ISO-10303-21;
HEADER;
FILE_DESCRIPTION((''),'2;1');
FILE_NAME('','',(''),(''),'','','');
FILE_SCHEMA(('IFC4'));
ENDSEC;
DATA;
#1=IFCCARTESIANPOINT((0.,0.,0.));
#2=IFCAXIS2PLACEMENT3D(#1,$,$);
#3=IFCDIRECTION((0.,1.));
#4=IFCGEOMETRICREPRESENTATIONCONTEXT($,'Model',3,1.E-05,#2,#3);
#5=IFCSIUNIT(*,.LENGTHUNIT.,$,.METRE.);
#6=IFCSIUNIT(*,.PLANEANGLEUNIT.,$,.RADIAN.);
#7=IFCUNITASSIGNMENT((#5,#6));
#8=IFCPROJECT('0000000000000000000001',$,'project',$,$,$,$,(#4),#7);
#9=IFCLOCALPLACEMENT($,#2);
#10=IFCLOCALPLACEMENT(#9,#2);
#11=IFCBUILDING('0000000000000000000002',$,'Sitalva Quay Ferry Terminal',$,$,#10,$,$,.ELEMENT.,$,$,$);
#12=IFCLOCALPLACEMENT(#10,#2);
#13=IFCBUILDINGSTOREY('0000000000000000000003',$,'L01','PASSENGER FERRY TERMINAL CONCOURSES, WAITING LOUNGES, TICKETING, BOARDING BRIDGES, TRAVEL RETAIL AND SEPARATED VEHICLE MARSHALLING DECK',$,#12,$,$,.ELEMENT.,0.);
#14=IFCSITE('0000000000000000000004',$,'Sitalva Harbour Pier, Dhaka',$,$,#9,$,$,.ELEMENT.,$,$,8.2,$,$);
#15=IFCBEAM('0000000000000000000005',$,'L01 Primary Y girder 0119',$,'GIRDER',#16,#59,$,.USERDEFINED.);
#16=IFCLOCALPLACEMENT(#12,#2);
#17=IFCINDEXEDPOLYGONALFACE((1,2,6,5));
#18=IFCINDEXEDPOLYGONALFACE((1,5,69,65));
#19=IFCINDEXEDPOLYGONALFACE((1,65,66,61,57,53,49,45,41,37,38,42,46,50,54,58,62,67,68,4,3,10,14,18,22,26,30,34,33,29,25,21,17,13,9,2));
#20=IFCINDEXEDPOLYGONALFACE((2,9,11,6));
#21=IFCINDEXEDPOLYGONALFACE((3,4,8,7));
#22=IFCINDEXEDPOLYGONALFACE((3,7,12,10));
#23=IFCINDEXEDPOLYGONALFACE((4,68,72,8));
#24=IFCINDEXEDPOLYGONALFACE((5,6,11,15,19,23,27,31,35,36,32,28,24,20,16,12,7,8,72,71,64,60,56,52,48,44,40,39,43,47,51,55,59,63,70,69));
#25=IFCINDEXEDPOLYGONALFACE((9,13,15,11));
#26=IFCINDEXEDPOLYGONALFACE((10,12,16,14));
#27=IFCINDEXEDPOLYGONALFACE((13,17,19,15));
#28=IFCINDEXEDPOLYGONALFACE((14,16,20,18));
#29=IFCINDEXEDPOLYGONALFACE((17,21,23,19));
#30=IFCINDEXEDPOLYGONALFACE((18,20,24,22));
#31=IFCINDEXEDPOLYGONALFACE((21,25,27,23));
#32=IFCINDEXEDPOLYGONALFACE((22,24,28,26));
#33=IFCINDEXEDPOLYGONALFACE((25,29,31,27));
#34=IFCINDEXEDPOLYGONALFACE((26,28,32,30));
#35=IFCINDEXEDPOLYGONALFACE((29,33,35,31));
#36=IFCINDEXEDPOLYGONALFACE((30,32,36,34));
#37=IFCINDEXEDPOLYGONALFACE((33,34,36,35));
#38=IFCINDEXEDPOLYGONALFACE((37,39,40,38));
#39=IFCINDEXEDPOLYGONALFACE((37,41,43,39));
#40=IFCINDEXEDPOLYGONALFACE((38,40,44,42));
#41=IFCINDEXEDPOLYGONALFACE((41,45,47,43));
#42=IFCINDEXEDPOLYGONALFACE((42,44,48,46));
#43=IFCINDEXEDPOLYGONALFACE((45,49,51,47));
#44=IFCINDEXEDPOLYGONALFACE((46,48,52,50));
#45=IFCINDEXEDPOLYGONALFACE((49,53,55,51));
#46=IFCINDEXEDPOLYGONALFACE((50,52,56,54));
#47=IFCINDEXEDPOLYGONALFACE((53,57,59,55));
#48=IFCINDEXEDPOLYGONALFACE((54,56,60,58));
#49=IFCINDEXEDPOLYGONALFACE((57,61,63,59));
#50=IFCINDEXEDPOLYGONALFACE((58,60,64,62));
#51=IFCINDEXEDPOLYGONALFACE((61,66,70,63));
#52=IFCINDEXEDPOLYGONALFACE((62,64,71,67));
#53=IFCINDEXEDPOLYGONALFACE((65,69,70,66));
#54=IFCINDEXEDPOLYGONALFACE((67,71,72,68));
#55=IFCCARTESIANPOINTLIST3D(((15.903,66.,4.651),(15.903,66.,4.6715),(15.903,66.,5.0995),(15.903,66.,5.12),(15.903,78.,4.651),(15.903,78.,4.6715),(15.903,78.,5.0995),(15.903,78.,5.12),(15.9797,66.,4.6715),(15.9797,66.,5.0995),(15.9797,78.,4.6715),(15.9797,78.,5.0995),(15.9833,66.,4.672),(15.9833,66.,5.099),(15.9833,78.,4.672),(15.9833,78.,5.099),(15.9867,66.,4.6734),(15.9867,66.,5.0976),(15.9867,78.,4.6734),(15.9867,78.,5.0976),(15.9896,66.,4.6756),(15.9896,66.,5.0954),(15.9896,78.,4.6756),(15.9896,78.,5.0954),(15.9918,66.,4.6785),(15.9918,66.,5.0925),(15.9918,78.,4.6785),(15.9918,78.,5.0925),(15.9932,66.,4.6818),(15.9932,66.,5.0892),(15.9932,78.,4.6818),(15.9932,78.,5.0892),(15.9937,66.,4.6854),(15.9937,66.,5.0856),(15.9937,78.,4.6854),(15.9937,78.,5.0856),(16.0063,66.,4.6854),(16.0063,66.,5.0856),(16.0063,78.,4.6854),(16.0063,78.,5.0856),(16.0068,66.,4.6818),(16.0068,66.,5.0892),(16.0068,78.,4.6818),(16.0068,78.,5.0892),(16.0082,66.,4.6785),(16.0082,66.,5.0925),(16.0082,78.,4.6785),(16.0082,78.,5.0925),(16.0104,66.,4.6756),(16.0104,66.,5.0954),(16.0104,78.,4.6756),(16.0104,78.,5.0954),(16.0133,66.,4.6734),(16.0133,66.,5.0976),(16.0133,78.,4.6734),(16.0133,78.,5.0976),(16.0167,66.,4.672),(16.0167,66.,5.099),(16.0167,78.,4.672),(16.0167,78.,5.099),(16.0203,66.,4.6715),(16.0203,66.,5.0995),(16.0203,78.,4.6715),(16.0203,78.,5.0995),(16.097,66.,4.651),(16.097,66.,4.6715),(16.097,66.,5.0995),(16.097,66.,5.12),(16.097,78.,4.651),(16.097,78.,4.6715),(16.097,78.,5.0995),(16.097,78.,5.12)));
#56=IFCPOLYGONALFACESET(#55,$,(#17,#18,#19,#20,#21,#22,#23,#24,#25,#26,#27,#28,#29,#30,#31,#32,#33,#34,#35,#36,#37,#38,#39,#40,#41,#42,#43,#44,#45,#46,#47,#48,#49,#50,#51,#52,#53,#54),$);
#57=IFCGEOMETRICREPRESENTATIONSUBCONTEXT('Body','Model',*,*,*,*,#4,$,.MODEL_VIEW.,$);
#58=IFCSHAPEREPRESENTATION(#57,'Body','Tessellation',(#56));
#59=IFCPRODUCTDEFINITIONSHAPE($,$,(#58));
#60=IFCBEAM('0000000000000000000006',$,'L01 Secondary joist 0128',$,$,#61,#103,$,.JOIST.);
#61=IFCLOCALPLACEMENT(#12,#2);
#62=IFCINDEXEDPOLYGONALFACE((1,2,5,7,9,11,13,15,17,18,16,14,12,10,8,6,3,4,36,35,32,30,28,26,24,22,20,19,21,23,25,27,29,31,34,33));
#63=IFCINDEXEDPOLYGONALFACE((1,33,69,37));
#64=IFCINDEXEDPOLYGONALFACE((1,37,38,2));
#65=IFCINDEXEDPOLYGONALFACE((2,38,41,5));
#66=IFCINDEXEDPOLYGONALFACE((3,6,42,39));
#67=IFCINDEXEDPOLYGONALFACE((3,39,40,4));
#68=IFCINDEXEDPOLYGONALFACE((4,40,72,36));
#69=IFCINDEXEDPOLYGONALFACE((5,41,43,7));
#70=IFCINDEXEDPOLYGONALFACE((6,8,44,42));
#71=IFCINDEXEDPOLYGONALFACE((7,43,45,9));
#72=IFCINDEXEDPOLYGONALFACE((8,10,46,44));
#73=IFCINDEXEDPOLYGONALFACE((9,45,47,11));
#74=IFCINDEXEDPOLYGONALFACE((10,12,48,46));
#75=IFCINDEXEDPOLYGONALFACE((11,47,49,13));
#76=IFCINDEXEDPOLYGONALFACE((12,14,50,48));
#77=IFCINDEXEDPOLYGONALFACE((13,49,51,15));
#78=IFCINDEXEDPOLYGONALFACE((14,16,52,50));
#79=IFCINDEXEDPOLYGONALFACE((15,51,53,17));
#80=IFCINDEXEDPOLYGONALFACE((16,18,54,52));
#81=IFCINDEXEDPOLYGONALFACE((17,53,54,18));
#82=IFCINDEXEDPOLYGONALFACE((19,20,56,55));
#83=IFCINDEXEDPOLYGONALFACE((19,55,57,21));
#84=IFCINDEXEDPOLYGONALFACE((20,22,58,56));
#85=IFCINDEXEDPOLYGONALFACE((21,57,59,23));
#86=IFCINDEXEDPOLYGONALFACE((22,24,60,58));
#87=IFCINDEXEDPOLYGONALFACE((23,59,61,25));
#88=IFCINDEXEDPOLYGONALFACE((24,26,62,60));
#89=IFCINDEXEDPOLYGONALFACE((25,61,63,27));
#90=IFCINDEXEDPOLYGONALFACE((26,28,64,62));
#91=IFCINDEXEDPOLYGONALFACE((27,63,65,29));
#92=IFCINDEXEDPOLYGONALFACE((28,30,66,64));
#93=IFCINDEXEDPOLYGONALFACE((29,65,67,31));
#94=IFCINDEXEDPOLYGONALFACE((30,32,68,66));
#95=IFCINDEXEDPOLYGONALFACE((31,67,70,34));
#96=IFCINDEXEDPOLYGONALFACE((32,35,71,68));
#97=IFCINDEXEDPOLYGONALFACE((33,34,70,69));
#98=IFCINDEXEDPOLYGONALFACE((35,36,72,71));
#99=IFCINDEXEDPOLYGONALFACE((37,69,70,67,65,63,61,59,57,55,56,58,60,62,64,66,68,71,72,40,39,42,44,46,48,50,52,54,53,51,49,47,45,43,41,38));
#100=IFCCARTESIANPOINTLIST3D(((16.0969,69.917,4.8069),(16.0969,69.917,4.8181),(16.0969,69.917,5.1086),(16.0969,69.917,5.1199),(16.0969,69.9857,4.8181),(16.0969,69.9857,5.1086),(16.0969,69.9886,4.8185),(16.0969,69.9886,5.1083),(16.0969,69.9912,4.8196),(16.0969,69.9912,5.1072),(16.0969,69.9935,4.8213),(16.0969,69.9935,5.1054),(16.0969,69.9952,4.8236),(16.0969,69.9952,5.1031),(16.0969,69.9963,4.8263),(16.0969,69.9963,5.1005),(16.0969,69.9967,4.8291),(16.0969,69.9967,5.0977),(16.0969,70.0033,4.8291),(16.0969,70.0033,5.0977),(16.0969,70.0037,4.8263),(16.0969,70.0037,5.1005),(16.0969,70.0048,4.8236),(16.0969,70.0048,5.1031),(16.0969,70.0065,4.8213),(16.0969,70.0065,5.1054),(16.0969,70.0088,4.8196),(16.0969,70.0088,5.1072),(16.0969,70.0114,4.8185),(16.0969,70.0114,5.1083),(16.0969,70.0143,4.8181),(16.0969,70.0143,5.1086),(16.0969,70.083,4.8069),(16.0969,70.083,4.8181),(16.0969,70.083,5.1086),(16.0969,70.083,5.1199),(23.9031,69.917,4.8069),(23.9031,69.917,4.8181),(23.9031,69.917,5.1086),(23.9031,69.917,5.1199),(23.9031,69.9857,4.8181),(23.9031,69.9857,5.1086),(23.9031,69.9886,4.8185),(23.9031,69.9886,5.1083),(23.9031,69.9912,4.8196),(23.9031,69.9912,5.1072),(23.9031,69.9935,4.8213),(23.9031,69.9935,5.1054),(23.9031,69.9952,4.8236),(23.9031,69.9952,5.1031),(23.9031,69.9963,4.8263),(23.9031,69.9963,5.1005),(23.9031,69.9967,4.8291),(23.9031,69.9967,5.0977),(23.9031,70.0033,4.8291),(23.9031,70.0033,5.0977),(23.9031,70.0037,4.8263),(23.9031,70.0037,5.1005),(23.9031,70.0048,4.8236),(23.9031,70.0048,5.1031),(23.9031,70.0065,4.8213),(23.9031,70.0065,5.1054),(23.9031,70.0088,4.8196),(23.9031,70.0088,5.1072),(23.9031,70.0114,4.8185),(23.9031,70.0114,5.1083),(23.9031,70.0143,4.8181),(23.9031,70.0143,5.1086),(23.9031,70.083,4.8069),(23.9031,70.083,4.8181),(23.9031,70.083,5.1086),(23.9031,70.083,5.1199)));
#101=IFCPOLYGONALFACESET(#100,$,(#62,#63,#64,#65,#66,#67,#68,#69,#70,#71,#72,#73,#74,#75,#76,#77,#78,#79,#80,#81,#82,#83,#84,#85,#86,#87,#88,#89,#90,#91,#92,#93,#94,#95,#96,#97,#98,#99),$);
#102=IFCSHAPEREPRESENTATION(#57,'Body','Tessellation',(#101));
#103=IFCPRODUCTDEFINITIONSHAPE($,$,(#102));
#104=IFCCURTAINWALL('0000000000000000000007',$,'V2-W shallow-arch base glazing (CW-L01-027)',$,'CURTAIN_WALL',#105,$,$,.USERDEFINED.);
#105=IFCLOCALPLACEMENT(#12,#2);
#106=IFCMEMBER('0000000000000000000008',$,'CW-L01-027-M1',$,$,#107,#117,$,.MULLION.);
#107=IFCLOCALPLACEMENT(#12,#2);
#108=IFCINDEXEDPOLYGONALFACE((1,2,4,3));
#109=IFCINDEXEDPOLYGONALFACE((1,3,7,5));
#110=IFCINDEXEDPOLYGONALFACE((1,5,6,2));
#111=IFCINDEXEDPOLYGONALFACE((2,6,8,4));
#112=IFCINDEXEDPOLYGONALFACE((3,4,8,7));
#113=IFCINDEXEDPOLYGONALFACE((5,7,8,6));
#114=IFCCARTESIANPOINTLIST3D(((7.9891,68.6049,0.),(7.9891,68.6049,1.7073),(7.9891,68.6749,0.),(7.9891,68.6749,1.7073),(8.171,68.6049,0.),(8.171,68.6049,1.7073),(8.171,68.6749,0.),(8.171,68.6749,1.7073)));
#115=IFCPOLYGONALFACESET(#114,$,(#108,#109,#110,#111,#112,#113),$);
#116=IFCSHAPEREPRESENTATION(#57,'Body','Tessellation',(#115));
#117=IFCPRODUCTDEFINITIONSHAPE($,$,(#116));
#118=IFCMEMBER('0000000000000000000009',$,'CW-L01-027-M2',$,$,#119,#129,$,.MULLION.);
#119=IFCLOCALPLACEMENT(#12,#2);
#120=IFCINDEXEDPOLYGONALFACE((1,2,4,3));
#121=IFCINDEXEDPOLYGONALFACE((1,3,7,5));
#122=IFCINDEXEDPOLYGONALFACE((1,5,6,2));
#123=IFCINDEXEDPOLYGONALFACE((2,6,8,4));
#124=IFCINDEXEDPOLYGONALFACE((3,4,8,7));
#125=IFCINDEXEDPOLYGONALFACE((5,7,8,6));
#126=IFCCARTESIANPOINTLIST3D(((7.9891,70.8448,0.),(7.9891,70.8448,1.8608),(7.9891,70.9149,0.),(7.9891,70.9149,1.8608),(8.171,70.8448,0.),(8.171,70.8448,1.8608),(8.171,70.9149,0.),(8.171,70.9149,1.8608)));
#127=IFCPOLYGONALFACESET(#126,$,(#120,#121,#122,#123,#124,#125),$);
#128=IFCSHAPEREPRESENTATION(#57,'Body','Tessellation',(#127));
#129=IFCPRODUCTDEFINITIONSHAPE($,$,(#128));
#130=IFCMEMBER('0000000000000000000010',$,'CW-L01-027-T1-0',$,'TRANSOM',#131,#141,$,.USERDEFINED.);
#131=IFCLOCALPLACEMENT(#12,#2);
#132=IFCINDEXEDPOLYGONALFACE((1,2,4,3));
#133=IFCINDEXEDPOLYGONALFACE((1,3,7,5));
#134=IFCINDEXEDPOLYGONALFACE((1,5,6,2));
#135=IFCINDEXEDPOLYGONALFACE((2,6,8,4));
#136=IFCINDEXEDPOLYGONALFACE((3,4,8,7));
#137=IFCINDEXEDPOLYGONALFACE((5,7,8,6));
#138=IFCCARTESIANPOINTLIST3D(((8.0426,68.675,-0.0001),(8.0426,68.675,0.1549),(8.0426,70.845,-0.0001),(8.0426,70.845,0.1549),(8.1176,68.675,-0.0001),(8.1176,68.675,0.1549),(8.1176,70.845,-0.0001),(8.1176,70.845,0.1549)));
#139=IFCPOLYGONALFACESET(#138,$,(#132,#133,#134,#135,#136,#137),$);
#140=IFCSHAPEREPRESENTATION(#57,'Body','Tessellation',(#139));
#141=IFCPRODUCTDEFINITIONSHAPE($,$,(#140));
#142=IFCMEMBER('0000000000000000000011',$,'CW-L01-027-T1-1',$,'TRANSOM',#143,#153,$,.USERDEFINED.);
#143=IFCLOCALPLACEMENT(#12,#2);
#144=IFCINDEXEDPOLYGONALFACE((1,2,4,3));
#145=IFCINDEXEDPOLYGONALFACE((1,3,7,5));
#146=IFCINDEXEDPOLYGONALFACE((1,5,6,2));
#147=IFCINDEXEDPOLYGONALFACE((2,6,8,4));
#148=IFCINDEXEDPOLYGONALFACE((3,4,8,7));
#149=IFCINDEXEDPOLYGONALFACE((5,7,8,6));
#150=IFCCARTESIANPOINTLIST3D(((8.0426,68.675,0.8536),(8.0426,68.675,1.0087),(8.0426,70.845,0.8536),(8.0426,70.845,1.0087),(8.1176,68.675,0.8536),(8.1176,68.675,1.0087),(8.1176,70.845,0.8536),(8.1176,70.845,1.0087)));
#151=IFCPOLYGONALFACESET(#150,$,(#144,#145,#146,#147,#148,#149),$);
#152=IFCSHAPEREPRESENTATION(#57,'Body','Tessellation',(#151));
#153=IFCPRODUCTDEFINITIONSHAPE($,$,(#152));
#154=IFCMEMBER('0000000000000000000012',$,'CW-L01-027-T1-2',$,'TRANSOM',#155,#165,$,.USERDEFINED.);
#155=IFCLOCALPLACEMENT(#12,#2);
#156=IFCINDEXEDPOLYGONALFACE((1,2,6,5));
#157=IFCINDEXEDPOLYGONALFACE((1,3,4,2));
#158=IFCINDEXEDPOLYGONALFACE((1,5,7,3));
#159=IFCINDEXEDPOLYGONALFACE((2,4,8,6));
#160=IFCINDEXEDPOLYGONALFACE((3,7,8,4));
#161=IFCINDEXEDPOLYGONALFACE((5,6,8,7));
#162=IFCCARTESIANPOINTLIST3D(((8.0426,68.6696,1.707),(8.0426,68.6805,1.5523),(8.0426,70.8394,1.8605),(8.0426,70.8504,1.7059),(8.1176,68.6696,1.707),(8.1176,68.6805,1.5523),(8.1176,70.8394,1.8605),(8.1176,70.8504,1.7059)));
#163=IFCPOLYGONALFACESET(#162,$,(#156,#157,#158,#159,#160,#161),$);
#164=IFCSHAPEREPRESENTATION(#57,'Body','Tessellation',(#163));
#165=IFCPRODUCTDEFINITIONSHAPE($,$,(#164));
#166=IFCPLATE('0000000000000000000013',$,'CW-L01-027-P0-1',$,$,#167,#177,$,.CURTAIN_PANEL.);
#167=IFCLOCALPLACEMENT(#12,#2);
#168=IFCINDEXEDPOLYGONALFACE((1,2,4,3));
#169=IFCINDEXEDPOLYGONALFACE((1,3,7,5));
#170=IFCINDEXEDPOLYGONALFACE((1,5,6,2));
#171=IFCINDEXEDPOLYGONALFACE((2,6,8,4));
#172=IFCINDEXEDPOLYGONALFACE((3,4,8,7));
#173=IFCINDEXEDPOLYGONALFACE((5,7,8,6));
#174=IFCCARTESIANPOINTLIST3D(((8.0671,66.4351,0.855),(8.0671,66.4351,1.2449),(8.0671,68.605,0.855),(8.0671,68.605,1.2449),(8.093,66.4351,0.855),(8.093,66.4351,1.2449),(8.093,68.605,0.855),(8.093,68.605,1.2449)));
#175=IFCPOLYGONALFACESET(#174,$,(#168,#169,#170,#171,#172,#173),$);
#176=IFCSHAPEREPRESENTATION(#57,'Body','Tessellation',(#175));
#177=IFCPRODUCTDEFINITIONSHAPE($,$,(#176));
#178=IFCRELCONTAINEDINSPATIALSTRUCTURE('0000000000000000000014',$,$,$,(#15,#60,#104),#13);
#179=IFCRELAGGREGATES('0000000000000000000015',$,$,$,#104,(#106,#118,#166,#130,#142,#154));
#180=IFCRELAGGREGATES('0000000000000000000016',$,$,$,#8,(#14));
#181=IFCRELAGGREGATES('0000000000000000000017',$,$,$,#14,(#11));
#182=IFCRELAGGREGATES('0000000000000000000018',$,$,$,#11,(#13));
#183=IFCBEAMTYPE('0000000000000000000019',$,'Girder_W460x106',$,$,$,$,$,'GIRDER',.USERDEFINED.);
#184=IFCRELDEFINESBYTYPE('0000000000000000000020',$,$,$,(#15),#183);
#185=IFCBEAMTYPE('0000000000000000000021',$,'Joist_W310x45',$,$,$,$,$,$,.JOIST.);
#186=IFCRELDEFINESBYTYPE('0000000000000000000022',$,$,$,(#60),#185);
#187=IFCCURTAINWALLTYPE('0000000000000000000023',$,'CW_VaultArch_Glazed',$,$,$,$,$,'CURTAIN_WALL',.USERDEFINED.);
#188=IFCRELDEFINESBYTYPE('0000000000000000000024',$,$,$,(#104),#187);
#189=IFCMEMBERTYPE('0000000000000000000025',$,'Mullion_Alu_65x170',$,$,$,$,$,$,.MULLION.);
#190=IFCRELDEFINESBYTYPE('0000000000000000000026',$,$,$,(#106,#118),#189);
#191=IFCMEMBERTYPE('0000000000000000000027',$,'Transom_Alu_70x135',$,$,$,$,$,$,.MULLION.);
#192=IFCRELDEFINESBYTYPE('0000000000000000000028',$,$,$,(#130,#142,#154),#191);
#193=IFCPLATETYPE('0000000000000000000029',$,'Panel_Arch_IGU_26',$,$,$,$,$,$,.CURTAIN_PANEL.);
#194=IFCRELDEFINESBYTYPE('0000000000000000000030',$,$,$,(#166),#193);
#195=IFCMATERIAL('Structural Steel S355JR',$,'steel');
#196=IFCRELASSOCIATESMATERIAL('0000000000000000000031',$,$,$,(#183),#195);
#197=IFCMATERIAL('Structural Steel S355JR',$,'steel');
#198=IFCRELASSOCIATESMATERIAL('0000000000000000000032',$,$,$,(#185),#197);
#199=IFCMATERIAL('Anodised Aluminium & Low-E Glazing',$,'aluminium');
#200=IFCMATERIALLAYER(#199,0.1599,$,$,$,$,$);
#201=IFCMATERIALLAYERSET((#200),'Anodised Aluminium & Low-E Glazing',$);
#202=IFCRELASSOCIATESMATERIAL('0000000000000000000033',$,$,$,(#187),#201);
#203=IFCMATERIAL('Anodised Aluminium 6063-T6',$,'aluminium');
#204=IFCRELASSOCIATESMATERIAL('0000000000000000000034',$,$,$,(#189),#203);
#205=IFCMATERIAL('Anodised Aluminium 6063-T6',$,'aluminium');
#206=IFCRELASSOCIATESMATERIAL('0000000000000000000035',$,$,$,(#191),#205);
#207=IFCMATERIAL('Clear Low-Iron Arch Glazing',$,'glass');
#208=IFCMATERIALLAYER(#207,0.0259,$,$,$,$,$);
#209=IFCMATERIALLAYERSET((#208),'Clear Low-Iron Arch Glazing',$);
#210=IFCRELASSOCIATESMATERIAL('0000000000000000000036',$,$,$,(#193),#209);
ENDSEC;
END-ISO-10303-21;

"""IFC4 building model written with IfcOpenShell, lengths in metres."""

from ifc_helpers import new_model, si_unit, direction, frame, origin, origin_2d, place, context, subcontext, project, spatial, rectangle, i_section, extrude, material, layer, layer_set, material_profile, profile_set, type_object, element, aggregate, save


model = new_model("IFC4")

# Units and contexts
model_context = context("Model", 3, precision=1e-05, world=origin(), true_north=direction((0.0, 1.0)))
body_context = subcontext(model_context, "Body", "Model", "MODEL_VIEW")
ifc_project = project(units=[si_unit("LENGTHUNIT", "METRE"), si_unit("PLANEANGLEUNIT", "RADIAN")], contexts=[model_context])

# Site, building, storey
site_placement = place(None, origin())
site = spatial("IfcSite", under=ifc_project, at=site_placement, Name="Sitalva Harbour Pier, Dhaka", CompositionType="ELEMENT", RefElevation=8.2)
building_placement = place(site_placement, origin())
building = spatial("IfcBuilding", under=site, at=building_placement, Name="Sitalva Quay Ferry Terminal", CompositionType="ELEMENT")
storey_placement = place(building_placement, origin())
storey = spatial("IfcBuildingStorey", under=building, at=storey_placement, Name="L01", Description="PASSENGER FERRY TERMINAL CONCOURSES, WAITING LOUNGES, TICKETING, BOARDING BRIDGES, TRAVEL RETAIL AND SEPARATED VEHICLE MARSHALLING DECK", CompositionType="ELEMENT", Elevation=0.0)

# Beams
ifc_material_1 = material(Name="Structural Steel S355JR", Category="steel")
ifc_material_profile_1 = material_profile(ifc_material_1, i_section(OverallWidth=0.1941, OverallDepth=0.469, WebThickness=0.0127, FlangeThickness=0.0205, FilletRadius=0.0139, at=origin_2d()), Name="W460x106")
ifc_profile_set_1 = profile_set([ifc_material_profile_1], Name="Structural Steel S355JR")
beam_type_1 = type_object("IfcBeamType", Name="Girder_W460x106", ElementType="GIRDER", PredefinedType="USERDEFINED", material=ifc_profile_set_1)
beam_1_placement = place(storey_placement, frame((16.0, 66.0, 4.8855), z_axis=(0.0, 1.0, 0.0), x_axis=(-1.0, 0.0, 0.0)))
element("IfcBeam", 1, at=beam_1_placement, inside=storey, type_object=beam_type_1, Name="L01 Primary Y girder 0119", ObjectType="GIRDER", PredefinedType="USERDEFINED", context=body_context, shape_type="SweptSolid", body=[
    extrude(i_section(OverallWidth=0.1941, OverallDepth=0.469, WebThickness=0.0127, FlangeThickness=0.0205, FilletRadius=0.0139, at=origin_2d()), origin(), (0.0, 0.0, 1.0), 12.0),
])
ifc_material_2 = material(Name="Structural Steel S355JR", Category="steel")
ifc_material_profile_2 = material_profile(ifc_material_2, i_section(OverallWidth=0.166, OverallDepth=0.313, WebThickness=0.0066, FlangeThickness=0.0112, FilletRadius=0.011, at=origin_2d()), Name="W310x45")
ifc_profile_set_2 = profile_set([ifc_material_profile_2], Name="Structural Steel S355JR")
beam_type_2 = type_object("IfcBeamType", Name="Joist_W310x45", PredefinedType="JOIST", material=ifc_profile_set_2)
beam_2_placement = place(storey_placement, frame((16.0969, 70.0, 4.9634), z_axis=(1.0, 0.0, 0.0), x_axis=(0.0, 1.0, 0.0)))
element("IfcBeam", 2, at=beam_2_placement, inside=storey, type_object=beam_type_2, Name="L01 Secondary joist 0128", PredefinedType="JOIST", context=body_context, shape_type="SweptSolid", body=[
    extrude(i_section(OverallWidth=0.166, OverallDepth=0.313, WebThickness=0.0066, FlangeThickness=0.0112, FilletRadius=0.011, at=origin_2d()), origin(), (0.0, 0.0, 1.0), 7.8062),
])

# Curtain wall, members, plate
ifc_material_3 = material(Name="Anodised Aluminium & Low-E Glazing", Category="aluminium")
ifc_layer_1 = layer(ifc_material_3, 0.1599)
ifc_layer_set_1 = layer_set([ifc_layer_1], Name="Anodised Aluminium & Low-E Glazing")
curtain_wall_type = type_object("IfcCurtainWallType", Name="CW_VaultArch_Glazed", ElementType="CURTAIN_WALL", PredefinedType="USERDEFINED", material=ifc_layer_set_1)
curtain_wall_placement = place(storey_placement, origin())
curtain_wall = element("IfcCurtainWall", 3, at=curtain_wall_placement, inside=storey, type_object=curtain_wall_type, Name="V2-W shallow-arch base glazing (CW-L01-027)", ObjectType="CURTAIN_WALL", PredefinedType="USERDEFINED")
ifc_material_4 = material(Name="Anodised Aluminium 6063-T6", Category="aluminium")
ifc_material_profile_3 = material_profile(ifc_material_4, rectangle(XDim=0.0701, YDim=0.1819, at=origin_2d()), Name="ALU70x182")
ifc_profile_set_3 = profile_set([ifc_material_profile_3], Name="Anodised Aluminium 6063-T6")
member_type_1 = type_object("IfcMemberType", Name="Mullion_Alu_65x170", PredefinedType="MULLION", material=ifc_profile_set_3)
member_1_placement = place(storey_placement, frame((8.0801, 68.6399, 0.0), z_axis=(0.0, 0.0, 1.0), x_axis=(0.0, 1.0, 0.0)))
member_1 = element("IfcMember", 4, at=member_1_placement, type_object=member_type_1, Name="CW-L01-027-M1", PredefinedType="MULLION", context=body_context, shape_type="SweptSolid", body=[
    extrude(rectangle(XDim=0.0701, YDim=0.1819, at=origin_2d()), origin(), (0.0, 0.0, 1.0), 1.7073),
])
member_2_placement = place(storey_placement, frame((8.0801, 70.8799, 0.0), z_axis=(0.0, 0.0, 1.0), x_axis=(0.0, 1.0, 0.0)))
member_2 = element("IfcMember", 5, at=member_2_placement, type_object=member_type_1, Name="CW-L01-027-M2", PredefinedType="MULLION", context=body_context, shape_type="SweptSolid", body=[
    extrude(rectangle(XDim=0.0701, YDim=0.1819, at=origin_2d()), origin(), (0.0, 0.0, 1.0), 1.8608),
])
ifc_material_5 = material(Name="Anodised Aluminium 6063-T6", Category="aluminium")
ifc_material_profile_4 = material_profile(ifc_material_5, rectangle(XDim=0.075, YDim=0.155, at=origin_2d()), Name="ALU75x155")
ifc_profile_set_4 = profile_set([ifc_material_profile_4], Name="Anodised Aluminium 6063-T6")
member_type_2 = type_object("IfcMemberType", Name="Transom_Alu_70x135", PredefinedType="MULLION", material=ifc_profile_set_4)
member_3_placement = place(storey_placement, frame((8.0801, 68.675, 0.0774), z_axis=(0.0, 1.0, 0.0), x_axis=(-1.0, 0.0, 0.0)))
member_3 = element("IfcMember", 6, at=member_3_placement, type_object=member_type_2, Name="CW-L01-027-T1-0", ObjectType="TRANSOM", PredefinedType="USERDEFINED", context=body_context, shape_type="SweptSolid", body=[
    extrude(rectangle(XDim=0.075, YDim=0.155, at=origin_2d()), origin(), (0.0, 0.0, 1.0), 2.1699),
])
member_4_placement = place(storey_placement, frame((8.0801, 68.675, 0.9312), z_axis=(0.0, 1.0, 0.0), x_axis=(-1.0, 0.0, 0.0)))
member_4 = element("IfcMember", 7, at=member_4_placement, type_object=member_type_2, Name="CW-L01-027-T1-1", ObjectType="TRANSOM", PredefinedType="USERDEFINED", context=body_context, shape_type="SweptSolid", body=[
    extrude(rectangle(XDim=0.075, YDim=0.155, at=origin_2d()), origin(), (0.0, 0.0, 1.0), 2.1699),
])
member_5_placement = place(storey_placement, frame((8.0801, 68.675, 1.6296), z_axis=(0.0, 0.997505, 0.070593), x_axis=(-1.0, 0.0, 0.0)))
member_5 = element("IfcMember", 8, at=member_5_placement, type_object=member_type_2, Name="CW-L01-027-T1-2", ObjectType="TRANSOM", PredefinedType="USERDEFINED", context=body_context, shape_type="SweptSolid", body=[
    extrude(rectangle(XDim=0.075, YDim=0.155, at=origin_2d()), origin(), (0.0, 0.0, 1.0), 2.1753),
])
ifc_material_6 = material(Name="Clear Low-Iron Arch Glazing", Category="glass")
ifc_layer_2 = layer(ifc_material_6, 0.0259)
ifc_layer_set_2 = layer_set([ifc_layer_2], Name="Clear Low-Iron Arch Glazing")
plate_type = type_object("IfcPlateType", Name="Panel_Arch_IGU_26", PredefinedType="CURTAIN_PANEL", material=ifc_layer_set_2)
plate_1_placement = place(storey_placement, frame((8.0801, 67.52, 0.855), z_axis=(0.0, 0.0, 1.0), x_axis=(0.0, 1.0, 0.0)))
plate_1 = element("IfcPlate", 9, at=plate_1_placement, type_object=plate_type, Name="CW-L01-027-P0-1", PredefinedType="CURTAIN_PANEL", context=body_context, shape_type="SweptSolid", body=[
    extrude(rectangle(XDim=2.1699, YDim=0.0259, at=origin_2d()), origin(), (0.0, 0.0, 1.0), 0.3899),
])
aggregate(curtain_wall, [member_1, member_2, plate_1, member_3, member_4, member_5])

save(model, "model.ifc")
